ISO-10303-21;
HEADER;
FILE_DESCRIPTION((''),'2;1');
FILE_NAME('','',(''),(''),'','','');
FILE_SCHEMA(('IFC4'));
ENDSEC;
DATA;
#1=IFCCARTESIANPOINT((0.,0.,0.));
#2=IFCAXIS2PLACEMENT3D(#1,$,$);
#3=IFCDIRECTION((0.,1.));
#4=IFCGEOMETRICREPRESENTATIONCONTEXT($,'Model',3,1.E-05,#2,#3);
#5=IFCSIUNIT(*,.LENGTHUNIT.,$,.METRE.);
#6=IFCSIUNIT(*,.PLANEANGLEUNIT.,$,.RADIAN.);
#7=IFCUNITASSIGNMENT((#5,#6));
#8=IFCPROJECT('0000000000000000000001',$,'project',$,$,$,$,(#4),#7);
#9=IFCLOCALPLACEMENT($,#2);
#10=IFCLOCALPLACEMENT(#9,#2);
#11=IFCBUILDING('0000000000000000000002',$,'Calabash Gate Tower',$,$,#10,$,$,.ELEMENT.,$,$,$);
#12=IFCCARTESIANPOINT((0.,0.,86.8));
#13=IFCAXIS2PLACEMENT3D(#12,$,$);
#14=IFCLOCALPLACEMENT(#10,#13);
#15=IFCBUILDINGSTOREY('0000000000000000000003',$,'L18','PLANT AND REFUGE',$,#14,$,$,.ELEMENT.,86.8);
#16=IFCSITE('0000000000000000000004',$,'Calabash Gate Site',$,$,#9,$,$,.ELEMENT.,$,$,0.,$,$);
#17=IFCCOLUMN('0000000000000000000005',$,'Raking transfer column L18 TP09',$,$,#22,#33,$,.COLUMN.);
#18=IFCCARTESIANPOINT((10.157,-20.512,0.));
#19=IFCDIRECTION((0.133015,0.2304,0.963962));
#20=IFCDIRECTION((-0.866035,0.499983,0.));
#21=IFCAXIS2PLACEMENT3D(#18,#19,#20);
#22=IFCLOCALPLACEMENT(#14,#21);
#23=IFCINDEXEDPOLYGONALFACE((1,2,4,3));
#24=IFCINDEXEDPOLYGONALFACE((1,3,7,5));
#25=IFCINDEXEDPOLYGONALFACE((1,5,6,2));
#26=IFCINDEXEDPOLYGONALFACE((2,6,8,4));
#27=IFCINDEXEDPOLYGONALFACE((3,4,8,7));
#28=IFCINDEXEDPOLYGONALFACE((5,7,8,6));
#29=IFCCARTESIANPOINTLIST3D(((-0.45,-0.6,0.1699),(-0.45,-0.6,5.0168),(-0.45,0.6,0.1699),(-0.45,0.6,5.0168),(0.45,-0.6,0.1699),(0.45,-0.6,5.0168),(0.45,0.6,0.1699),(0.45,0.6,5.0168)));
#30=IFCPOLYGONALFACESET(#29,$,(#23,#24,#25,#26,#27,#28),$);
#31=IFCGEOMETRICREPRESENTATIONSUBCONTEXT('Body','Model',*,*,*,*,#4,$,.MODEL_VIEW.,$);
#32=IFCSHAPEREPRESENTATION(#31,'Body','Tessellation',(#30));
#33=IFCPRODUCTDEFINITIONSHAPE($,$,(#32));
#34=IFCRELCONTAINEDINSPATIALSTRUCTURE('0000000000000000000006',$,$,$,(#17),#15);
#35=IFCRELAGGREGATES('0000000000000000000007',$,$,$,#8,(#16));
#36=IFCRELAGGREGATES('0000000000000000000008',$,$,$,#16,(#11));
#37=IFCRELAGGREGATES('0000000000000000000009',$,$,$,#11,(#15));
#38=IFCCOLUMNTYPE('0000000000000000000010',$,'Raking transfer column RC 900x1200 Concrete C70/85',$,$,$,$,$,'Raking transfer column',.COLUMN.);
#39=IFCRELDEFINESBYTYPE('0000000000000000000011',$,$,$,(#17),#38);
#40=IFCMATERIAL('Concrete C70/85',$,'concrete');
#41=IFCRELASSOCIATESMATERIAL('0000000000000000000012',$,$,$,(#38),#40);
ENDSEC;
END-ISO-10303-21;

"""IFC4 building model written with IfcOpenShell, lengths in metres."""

from ifc_helpers import new_model, si_unit, direction, frame, origin, origin_2d, place, context, subcontext, project, spatial, rectangle, extrude, clip, halfspace, material, material_profile, profile_set, type_object, element, save


model = new_model("IFC4")

# Units and contexts
model_context = context("Model", 3, precision=1e-05, world=origin(), true_north=direction((0.0, 1.0)))
body_context = subcontext(model_context, "Body", "Model", "MODEL_VIEW")
ifc_project = project(units=[si_unit("LENGTHUNIT", "METRE"), si_unit("PLANEANGLEUNIT", "RADIAN")], contexts=[model_context])

# Site, building, storey
site_placement = place(None, origin())
site = spatial("IfcSite", under=ifc_project, at=site_placement, Name="Calabash Gate Site", CompositionType="ELEMENT", RefElevation=0.0)
building_placement = place(site_placement, origin())
building = spatial("IfcBuilding", under=site, at=building_placement, Name="Calabash Gate Tower", CompositionType="ELEMENT")
storey_placement = place(building_placement, frame((0.0, 0.0, 86.8)))
storey = spatial("IfcBuildingStorey", under=building, at=storey_placement, Name="L18", Description="PLANT AND REFUGE", CompositionType="ELEMENT", Elevation=86.8)

# Column
ifc_material_1 = material(Name="Concrete C70/85", Category="concrete")
ifc_material_profile_1 = material_profile(ifc_material_1, rectangle(XDim=0.8999, YDim=1.2, at=origin_2d()))
ifc_profile_set_1 = profile_set([ifc_material_profile_1], Name="Concrete C70/85")
column_type = type_object("IfcColumnType", Name="Raking transfer column RC 900x1200 Concrete C70/85", ElementType="Raking transfer column", PredefinedType="COLUMN", material=ifc_profile_set_1)
column_placement = place(storey_placement, frame((10.157, -20.512, 0.0), z_axis=(0.133015, 0.2304, 0.963962), x_axis=(-0.866035, 0.499983, 0.0)))
element("IfcColumn", 1, at=column_placement, inside=storey, type_object=column_type, Name="Raking transfer column L18 TP09", PredefinedType="COLUMN", context=body_context, shape_type="Clipping", body=[
    clip(clip(extrude(rectangle(XDim=0.8999, YDim=1.2, at=origin_2d()), origin(), (0.0, 0.0, 1.0), 5.187), halfspace(frame((0.0, 0.0, 0.1699), z_axis=(0.0, 0.0, 1.0), x_axis=(1.0, 0.0, 0.0)), True)), halfspace(frame((0.0, 0.0, 5.0168), z_axis=(0.0, 0.0, 1.0), x_axis=(1.0, 0.0, 0.0)), False)),
])

save(model, "model.ifc")
